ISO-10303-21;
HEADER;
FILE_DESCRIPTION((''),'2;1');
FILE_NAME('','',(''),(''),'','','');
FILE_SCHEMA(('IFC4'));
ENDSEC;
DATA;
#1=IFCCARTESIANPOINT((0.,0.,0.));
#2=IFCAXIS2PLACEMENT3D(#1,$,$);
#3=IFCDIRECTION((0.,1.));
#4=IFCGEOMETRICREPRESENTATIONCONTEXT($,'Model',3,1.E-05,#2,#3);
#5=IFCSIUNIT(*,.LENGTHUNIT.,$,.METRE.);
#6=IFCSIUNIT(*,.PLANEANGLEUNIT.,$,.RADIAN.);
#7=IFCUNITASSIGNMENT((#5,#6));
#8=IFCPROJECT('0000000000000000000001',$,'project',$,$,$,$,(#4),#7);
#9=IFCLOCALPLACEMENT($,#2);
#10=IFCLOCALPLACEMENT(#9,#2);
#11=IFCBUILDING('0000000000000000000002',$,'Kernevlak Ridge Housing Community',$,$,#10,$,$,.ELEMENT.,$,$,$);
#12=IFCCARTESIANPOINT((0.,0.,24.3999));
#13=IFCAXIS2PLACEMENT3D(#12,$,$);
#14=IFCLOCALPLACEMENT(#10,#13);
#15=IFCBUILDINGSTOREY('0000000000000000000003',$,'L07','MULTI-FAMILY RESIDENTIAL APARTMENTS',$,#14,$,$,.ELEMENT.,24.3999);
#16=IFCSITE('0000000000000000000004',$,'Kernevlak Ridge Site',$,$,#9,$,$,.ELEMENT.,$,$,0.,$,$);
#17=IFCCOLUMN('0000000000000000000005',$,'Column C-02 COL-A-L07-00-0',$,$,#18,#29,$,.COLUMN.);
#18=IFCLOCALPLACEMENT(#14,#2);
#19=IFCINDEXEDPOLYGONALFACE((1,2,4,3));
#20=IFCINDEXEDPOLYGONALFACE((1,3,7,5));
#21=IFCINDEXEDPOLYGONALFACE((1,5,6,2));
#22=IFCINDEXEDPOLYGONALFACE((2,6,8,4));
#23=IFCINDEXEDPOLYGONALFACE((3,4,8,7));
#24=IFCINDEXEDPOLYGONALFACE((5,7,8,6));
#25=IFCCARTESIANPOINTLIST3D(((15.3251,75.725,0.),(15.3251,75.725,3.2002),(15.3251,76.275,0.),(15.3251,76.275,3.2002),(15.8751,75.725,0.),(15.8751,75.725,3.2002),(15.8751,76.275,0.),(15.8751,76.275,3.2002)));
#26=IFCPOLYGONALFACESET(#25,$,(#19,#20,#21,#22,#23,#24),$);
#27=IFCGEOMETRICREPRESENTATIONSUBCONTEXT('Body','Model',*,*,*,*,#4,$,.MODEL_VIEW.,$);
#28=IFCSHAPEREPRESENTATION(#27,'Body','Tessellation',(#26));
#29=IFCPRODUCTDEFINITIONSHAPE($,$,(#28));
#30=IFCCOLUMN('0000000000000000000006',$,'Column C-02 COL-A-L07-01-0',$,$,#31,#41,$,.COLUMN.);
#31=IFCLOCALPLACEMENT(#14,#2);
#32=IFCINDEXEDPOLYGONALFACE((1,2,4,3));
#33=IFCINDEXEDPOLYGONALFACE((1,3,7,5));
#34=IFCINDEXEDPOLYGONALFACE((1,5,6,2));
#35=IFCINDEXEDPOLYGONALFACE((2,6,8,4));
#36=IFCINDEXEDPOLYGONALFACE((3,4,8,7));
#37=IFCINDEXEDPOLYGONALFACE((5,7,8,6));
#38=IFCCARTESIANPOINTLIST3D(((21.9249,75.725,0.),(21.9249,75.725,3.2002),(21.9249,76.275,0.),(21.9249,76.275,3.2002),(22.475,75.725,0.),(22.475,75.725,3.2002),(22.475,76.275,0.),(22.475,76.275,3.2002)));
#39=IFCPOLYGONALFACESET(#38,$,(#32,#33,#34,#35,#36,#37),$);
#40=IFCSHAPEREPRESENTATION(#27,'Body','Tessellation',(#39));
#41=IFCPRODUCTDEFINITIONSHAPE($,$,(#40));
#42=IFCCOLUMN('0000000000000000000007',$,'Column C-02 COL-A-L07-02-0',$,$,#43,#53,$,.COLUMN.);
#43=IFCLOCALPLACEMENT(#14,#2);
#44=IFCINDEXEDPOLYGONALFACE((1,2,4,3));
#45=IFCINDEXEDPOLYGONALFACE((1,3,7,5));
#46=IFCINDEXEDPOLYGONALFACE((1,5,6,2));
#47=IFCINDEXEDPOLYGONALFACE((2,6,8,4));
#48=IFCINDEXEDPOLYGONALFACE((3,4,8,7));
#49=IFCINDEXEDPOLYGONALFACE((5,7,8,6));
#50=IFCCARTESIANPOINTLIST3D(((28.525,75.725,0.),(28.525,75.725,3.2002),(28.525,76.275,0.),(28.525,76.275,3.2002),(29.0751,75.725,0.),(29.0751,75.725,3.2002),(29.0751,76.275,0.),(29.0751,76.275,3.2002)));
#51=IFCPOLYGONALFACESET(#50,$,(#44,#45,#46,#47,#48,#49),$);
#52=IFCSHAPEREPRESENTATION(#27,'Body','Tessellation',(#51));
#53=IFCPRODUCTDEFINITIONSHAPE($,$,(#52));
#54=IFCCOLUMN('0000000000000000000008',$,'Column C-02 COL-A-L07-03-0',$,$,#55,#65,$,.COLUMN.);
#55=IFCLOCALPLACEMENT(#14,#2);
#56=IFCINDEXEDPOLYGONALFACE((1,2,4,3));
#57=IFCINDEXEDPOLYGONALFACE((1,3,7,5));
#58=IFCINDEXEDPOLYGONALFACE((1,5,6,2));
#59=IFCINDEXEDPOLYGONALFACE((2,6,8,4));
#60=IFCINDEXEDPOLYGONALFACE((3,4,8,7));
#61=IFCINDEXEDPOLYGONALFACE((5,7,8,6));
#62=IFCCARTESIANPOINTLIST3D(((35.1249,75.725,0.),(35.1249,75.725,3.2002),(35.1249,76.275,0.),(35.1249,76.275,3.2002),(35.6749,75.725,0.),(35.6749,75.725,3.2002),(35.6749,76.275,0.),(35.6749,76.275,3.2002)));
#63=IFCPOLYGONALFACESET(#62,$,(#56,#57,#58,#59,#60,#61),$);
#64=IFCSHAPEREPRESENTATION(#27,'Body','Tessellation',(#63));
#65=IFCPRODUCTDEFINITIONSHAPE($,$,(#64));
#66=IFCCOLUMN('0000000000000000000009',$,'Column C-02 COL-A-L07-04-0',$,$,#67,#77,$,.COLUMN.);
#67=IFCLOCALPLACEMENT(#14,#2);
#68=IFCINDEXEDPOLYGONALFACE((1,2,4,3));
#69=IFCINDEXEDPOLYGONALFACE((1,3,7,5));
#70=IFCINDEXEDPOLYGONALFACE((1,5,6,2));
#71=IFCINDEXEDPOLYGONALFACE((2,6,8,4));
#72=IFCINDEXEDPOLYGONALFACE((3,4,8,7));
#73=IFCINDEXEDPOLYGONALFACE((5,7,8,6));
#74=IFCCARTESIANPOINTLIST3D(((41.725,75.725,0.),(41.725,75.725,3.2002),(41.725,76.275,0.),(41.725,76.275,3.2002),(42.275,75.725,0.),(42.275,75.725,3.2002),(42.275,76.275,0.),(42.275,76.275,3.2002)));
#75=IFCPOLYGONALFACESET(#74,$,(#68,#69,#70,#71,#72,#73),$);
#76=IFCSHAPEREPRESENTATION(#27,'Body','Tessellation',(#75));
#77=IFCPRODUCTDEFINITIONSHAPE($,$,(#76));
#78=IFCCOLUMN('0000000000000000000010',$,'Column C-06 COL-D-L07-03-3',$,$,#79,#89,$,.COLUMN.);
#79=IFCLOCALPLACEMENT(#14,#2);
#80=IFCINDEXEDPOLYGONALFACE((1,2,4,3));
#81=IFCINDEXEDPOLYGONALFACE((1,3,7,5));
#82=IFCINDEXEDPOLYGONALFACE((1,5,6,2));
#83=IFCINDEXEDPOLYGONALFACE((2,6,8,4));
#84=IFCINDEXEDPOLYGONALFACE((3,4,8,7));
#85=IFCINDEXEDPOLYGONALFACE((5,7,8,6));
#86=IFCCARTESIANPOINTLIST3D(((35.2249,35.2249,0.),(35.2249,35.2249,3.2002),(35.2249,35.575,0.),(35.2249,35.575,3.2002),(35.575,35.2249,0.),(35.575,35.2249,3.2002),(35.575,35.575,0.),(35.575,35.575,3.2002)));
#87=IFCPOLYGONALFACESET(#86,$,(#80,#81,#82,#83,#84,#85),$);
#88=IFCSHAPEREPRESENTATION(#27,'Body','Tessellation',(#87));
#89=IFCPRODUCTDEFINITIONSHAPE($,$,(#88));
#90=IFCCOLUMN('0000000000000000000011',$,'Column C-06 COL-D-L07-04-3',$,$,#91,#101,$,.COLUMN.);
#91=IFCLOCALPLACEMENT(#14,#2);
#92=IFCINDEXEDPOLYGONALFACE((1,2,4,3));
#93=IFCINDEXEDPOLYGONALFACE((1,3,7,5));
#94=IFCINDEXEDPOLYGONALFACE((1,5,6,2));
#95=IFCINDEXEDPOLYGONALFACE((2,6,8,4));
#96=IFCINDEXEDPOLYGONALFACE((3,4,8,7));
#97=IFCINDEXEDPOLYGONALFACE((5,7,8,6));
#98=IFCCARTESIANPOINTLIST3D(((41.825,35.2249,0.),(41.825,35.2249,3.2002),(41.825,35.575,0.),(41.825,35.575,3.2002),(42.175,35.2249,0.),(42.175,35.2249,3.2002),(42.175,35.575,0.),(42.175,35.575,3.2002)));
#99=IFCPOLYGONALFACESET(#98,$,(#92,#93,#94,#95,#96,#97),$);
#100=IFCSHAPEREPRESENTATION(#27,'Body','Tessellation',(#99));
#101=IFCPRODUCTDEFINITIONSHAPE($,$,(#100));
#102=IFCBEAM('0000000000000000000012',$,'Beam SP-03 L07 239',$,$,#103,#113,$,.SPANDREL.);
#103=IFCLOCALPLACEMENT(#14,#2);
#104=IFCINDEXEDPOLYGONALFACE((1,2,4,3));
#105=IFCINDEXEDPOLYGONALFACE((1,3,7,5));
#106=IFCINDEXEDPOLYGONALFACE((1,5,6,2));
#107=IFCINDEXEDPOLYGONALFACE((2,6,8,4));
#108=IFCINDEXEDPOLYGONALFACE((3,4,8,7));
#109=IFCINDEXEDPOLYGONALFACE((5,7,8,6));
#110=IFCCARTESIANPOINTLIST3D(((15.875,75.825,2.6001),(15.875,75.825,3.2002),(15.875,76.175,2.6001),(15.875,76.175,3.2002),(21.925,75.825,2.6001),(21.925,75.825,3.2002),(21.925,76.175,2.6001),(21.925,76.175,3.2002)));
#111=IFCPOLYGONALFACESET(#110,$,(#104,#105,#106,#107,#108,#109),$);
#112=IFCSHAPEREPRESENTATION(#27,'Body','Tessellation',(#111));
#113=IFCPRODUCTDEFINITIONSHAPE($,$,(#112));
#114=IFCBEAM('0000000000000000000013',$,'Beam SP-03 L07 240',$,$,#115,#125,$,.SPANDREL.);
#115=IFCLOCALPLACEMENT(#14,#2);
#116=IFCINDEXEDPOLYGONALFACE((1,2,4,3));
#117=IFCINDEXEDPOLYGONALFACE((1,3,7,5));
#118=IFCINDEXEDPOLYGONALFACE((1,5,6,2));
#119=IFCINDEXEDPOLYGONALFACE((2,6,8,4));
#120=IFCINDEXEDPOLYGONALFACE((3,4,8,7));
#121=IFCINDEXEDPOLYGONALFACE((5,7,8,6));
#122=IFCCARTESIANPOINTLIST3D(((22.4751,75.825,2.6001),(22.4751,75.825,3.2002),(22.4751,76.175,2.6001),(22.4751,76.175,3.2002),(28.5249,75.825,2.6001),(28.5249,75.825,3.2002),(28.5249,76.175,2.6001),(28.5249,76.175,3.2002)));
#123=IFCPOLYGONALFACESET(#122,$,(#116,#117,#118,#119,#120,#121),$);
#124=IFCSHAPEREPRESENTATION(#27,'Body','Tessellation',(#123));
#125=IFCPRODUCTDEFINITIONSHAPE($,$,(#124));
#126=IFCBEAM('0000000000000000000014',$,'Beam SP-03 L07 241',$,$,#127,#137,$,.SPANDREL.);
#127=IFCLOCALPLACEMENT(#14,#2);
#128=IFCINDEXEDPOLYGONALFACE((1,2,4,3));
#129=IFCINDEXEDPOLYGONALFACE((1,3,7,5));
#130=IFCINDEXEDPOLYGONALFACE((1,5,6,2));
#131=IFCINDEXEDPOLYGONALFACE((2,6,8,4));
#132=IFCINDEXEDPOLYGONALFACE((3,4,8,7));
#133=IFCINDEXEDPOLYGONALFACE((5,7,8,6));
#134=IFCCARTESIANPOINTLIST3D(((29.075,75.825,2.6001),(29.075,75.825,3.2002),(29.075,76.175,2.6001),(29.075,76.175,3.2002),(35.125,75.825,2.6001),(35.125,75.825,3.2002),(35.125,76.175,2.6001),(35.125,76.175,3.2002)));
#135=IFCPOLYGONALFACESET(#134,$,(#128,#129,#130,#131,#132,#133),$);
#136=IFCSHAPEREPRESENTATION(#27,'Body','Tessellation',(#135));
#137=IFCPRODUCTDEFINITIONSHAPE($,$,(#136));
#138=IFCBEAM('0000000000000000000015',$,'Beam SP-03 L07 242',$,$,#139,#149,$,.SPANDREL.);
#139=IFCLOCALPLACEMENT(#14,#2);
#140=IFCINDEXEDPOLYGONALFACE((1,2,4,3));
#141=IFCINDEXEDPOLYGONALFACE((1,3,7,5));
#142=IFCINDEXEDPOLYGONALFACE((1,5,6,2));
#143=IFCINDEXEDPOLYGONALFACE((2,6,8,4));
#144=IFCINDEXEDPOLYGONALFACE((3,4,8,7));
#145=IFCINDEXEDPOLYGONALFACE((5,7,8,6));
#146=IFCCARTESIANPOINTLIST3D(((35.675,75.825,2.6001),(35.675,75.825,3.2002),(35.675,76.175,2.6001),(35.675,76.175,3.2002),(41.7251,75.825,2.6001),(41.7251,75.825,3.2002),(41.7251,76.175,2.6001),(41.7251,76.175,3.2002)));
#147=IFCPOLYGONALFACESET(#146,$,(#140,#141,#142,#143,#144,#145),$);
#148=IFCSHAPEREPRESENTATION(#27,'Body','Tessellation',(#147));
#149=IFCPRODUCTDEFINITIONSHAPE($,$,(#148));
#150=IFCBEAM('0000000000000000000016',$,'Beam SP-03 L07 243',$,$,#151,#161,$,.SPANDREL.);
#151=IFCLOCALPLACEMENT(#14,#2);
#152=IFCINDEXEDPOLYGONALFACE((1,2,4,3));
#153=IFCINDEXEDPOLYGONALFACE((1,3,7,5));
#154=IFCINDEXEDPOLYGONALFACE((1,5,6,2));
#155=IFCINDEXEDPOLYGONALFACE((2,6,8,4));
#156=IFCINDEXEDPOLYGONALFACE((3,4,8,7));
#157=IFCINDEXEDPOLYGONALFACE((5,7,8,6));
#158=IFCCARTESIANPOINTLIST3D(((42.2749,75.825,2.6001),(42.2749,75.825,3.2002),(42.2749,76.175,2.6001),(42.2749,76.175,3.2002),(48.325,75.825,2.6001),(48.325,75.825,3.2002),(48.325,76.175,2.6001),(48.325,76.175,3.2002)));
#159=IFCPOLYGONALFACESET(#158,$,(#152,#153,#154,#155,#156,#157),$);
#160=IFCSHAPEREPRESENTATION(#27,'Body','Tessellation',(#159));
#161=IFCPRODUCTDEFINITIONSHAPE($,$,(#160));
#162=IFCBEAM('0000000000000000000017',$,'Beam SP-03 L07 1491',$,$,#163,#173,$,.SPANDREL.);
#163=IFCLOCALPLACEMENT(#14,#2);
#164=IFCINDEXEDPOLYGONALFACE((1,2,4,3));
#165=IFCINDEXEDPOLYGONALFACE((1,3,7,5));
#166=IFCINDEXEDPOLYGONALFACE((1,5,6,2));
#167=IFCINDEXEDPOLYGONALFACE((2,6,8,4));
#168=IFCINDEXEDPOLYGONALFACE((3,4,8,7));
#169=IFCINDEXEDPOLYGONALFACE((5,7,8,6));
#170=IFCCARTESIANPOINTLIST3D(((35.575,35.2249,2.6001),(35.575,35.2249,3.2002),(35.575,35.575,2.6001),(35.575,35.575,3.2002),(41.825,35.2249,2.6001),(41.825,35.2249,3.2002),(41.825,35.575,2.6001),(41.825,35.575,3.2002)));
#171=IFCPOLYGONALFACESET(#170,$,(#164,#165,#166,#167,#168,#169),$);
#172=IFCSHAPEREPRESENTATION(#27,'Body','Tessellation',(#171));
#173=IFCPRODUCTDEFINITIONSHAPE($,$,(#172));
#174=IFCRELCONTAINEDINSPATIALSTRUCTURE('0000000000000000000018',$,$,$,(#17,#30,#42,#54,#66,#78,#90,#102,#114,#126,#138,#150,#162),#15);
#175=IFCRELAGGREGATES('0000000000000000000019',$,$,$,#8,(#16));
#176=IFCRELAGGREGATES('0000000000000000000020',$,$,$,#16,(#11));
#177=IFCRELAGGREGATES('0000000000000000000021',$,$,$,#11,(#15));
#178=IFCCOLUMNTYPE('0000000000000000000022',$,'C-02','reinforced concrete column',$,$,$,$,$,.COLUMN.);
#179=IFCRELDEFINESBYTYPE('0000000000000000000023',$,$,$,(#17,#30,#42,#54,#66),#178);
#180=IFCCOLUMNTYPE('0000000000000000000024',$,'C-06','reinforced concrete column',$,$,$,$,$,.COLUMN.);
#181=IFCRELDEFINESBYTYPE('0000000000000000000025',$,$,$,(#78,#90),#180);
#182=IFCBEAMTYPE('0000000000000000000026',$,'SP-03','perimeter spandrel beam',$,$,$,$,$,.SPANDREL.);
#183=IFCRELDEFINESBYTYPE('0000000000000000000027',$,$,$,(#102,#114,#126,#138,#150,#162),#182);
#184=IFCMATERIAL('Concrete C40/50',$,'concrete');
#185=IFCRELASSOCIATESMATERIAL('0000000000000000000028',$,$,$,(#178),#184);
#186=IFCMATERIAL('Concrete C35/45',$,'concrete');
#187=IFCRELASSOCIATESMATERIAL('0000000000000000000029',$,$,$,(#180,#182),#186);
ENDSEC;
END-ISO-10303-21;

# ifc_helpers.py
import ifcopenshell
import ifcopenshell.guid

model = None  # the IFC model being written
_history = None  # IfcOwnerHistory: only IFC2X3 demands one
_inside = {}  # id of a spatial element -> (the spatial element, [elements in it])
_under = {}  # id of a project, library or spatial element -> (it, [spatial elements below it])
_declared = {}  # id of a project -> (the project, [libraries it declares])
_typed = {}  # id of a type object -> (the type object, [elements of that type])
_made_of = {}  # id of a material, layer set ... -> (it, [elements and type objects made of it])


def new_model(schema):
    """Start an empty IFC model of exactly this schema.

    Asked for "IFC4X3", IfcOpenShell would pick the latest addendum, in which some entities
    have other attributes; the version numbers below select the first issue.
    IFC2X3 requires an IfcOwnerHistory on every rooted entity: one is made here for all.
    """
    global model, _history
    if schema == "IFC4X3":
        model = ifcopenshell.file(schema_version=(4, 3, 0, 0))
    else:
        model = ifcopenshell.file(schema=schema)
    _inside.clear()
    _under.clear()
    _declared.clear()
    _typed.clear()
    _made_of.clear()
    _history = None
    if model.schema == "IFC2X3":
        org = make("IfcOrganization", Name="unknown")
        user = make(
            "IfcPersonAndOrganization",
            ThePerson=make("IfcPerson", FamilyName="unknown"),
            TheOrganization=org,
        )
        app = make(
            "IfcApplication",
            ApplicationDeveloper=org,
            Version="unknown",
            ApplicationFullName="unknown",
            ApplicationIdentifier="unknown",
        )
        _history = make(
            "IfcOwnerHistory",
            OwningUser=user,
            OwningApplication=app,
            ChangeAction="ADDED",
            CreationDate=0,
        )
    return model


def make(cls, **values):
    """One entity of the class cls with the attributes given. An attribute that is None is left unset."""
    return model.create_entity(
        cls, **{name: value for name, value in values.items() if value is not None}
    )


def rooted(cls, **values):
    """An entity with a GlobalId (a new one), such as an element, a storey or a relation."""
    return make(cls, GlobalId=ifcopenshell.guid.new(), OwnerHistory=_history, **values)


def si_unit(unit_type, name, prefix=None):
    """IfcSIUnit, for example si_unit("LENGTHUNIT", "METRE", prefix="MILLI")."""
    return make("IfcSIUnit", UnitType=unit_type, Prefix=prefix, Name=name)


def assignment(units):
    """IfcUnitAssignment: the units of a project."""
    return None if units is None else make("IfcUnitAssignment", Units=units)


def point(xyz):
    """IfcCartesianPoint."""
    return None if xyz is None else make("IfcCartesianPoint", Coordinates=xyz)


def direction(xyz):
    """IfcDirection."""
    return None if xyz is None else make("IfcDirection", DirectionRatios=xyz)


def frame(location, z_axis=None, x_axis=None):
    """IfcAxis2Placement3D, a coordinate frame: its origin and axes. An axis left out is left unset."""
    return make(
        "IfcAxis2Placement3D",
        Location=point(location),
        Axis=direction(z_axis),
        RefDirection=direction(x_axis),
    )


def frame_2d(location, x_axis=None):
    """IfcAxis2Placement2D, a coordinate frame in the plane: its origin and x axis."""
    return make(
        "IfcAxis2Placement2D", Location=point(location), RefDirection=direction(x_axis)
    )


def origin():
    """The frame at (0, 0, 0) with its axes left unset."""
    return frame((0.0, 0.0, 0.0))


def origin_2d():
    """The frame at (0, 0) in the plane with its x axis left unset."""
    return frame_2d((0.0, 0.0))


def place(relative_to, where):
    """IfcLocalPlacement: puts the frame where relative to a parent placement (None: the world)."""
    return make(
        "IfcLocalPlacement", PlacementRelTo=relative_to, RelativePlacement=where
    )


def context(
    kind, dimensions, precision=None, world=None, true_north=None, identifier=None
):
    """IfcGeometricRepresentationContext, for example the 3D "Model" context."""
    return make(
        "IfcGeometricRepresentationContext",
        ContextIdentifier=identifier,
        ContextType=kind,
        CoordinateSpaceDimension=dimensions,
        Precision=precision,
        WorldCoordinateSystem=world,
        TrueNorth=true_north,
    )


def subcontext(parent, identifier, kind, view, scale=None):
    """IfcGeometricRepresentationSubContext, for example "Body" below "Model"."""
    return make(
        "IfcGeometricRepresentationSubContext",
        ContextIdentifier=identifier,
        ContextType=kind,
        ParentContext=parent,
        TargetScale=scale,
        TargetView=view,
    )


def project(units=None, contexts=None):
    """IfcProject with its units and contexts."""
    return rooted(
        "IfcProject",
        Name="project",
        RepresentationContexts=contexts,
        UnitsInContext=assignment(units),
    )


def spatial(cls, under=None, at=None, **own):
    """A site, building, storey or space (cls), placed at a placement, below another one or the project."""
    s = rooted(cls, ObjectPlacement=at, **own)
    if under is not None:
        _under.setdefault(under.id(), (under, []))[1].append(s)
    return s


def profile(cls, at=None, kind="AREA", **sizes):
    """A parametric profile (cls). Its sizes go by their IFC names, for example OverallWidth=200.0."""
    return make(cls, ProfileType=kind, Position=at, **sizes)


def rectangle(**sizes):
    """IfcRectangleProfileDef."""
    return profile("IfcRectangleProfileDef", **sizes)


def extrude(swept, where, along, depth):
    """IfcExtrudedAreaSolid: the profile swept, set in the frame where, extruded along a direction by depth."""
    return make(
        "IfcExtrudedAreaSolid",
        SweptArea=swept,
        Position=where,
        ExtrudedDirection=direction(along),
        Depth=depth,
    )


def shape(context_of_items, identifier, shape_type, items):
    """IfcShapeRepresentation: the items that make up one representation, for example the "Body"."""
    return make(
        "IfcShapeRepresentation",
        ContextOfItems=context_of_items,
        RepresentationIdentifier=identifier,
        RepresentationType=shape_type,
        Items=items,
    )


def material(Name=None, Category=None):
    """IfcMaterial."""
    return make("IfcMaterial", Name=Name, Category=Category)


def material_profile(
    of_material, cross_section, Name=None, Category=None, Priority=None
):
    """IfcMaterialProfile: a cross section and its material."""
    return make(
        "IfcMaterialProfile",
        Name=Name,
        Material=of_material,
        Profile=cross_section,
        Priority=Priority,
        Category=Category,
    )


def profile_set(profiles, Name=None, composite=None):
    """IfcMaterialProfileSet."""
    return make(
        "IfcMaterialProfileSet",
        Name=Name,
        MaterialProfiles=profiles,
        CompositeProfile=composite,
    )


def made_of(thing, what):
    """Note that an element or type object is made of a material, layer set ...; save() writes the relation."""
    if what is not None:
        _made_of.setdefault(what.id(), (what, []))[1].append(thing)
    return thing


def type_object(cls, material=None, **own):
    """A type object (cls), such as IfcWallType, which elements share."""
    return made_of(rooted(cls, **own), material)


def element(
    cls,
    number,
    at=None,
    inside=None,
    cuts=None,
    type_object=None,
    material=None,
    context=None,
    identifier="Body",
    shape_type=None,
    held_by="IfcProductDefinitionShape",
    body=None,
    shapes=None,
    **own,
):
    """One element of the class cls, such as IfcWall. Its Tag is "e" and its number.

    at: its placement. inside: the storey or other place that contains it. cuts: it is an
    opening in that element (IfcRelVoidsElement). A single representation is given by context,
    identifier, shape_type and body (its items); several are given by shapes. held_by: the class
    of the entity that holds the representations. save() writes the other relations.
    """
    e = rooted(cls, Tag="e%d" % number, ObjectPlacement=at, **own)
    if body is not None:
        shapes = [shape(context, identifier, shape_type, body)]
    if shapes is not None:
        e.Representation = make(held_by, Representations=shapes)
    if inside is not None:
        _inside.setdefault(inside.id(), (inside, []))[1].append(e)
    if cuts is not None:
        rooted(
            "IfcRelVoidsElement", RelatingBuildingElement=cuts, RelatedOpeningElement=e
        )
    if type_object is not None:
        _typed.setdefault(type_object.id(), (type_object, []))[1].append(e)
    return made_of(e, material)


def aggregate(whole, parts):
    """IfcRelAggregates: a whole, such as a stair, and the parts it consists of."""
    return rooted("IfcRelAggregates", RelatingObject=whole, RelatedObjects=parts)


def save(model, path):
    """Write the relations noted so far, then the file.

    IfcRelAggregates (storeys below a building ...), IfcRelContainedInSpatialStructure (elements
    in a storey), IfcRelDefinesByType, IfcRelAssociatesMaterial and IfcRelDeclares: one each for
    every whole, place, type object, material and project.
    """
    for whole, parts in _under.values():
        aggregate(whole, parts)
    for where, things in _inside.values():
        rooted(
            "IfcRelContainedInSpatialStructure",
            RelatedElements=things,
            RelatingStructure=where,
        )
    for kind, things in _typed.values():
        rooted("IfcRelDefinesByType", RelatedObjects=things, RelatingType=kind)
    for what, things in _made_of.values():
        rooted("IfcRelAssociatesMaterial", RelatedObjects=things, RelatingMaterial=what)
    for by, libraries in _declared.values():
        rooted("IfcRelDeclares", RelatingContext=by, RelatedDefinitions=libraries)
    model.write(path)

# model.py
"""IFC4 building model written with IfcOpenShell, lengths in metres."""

from ifc_helpers import new_model, si_unit, direction, frame, origin, origin_2d, place, context, subcontext, project, spatial, rectangle, extrude, material, material_profile, profile_set, type_object, element, save


model = new_model("IFC4")

# Units and contexts
model_context = context("Model", 3, precision=1e-05, world=origin(), true_north=direction((0.0, 1.0)))
body_context = subcontext(model_context, "Body", "Model", "MODEL_VIEW")
ifc_project = project(units=[si_unit("LENGTHUNIT", "METRE"), si_unit("PLANEANGLEUNIT", "RADIAN")], contexts=[model_context])

# Site, building, storey
site_placement = place(None, origin())
site = spatial("IfcSite", under=ifc_project, at=site_placement, Name="Kernevlak Ridge Site", CompositionType="ELEMENT", RefElevation=0.0)
building_placement = place(site_placement, origin())
building = spatial("IfcBuilding", under=site, at=building_placement, Name="Kernevlak Ridge Housing Community", CompositionType="ELEMENT")
storey_placement = place(building_placement, frame((0.0, 0.0, 24.3999)))
storey = spatial("IfcBuildingStorey", under=building, at=storey_placement, Name="L07", Description="MULTI-FAMILY RESIDENTIAL APARTMENTS", CompositionType="ELEMENT", Elevation=24.3999)

# Columns
ifc_material_1 = material(Name="Concrete C40/50", Category="concrete")
ifc_material_profile_1 = material_profile(ifc_material_1, rectangle(XDim=0.55, YDim=0.55, at=origin_2d()), Name="RC 550x550")
ifc_profile_set_1 = profile_set([ifc_material_profile_1], Name="Concrete C40/50")
column_type_1 = type_object("IfcColumnType", Name="C-02", Description="reinforced concrete column", PredefinedType="COLUMN", material=ifc_profile_set_1)
for number, where, z_axis, x_axis, name in (
    (1, (15.6001, 76.0, 0.0), (0.0, 0.0, 1.0), (1.0, 0.0, 0.0), "Column C-02 COL-A-L07-00-0"),
    (2, (22.2, 76.0, 0.0), (0.0, 0.0, 1.0), (1.0, 0.0, 0.0), "Column C-02 COL-A-L07-01-0"),
    (3, (28.8, 76.0, 0.0), (0.0, 0.0, 1.0), (1.0, 0.0, 0.0), "Column C-02 COL-A-L07-02-0"),
    (4, (35.3999, 76.0, 0.0), (0.0, 0.0, 1.0), (1.0, 0.0, 0.0), "Column C-02 COL-A-L07-03-0"),
    (5, (42.0, 76.0, 0.0), (0.0, 0.0, 1.0), (1.0, 0.0, 0.0), "Column C-02 COL-A-L07-04-0"),
):
    element("IfcColumn", number, at=place(storey_placement, frame(where, z_axis=z_axis, x_axis=x_axis)), inside=storey, type_object=column_type_1, Name=name, PredefinedType="COLUMN", context=body_context, shape_type="SweptSolid", body=[
        extrude(rectangle(XDim=0.55, YDim=0.55, at=origin_2d()), origin(), (0.0, 0.0, 1.0), 3.2002),
    ])
ifc_material_2 = material(Name="Concrete C35/45", Category="concrete")
ifc_material_profile_2 = material_profile(ifc_material_2, rectangle(XDim=0.3501, YDim=0.3501, at=origin_2d()), Name="RC 350x350")
ifc_profile_set_2 = profile_set([ifc_material_profile_2], Name="Concrete C35/45")
column_type_2 = type_object("IfcColumnType", Name="C-06", Description="reinforced concrete column", PredefinedType="COLUMN", material=ifc_profile_set_2)
for number, where, z_axis, x_axis, name in (
    (6, (35.3999, 35.3999, 0.0), (0.0, 0.0, 1.0), (1.0, 0.0, 0.0), "Column C-06 COL-D-L07-03-3"),
    (7, (42.0, 35.3999, 0.0), (0.0, 0.0, 1.0), (1.0, 0.0, 0.0), "Column C-06 COL-D-L07-04-3"),
):
    element("IfcColumn", number, at=place(storey_placement, frame(where, z_axis=z_axis, x_axis=x_axis)), inside=storey, type_object=column_type_2, Name=name, PredefinedType="COLUMN", context=body_context, shape_type="SweptSolid", body=[
        extrude(rectangle(XDim=0.3501, YDim=0.3501, at=origin_2d()), origin(), (0.0, 0.0, 1.0), 3.2002),
    ])

# Beams
ifc_material_profile_3 = material_profile(ifc_material_2, rectangle(XDim=0.3501, YDim=0.6001, at=origin_2d()), Name="RC 350x600")
ifc_profile_set_3 = profile_set([ifc_material_profile_3], Name="Concrete C35/45")
beam_type = type_object("IfcBeamType", Name="SP-03", Description="perimeter spandrel beam", PredefinedType="SPANDREL", material=ifc_profile_set_3)
beam_1_placement = place(storey_placement, frame((15.875, 76.0, 2.9001), z_axis=(1.0, 0.0, 0.0), x_axis=(0.0, 1.0, 0.0)))
element("IfcBeam", 8, at=beam_1_placement, inside=storey, type_object=beam_type, Name="Beam SP-03 L07 239", PredefinedType="SPANDREL", context=body_context, shape_type="SweptSolid", body=[
    extrude(rectangle(XDim=0.3501, YDim=0.6001, at=origin_2d()), origin(), (0.0, 0.0, 1.0), 6.05),
])
beam_2_placement = place(storey_placement, frame((22.4751, 76.0, 2.9001), z_axis=(1.0, 0.0, 0.0), x_axis=(0.0, 1.0, 0.0)))
element("IfcBeam", 9, at=beam_2_placement, inside=storey, type_object=beam_type, Name="Beam SP-03 L07 240", PredefinedType="SPANDREL", context=body_context, shape_type="SweptSolid", body=[
    extrude(rectangle(XDim=0.3501, YDim=0.6001, at=origin_2d()), origin(), (0.0, 0.0, 1.0), 6.0498),
])
for number, where, z_axis, x_axis, name in (
    (10, (29.075, 76.0, 2.9001), (1.0, 0.0, 0.0), (0.0, 1.0, 0.0), "Beam SP-03 L07 241"),
    (11, (35.675, 76.0, 2.9001), (1.0, 0.0, 0.0), (0.0, 1.0, 0.0), "Beam SP-03 L07 242"),
    (12, (42.2749, 76.0, 2.9001), (1.0, 0.0, 0.0), (0.0, 1.0, 0.0), "Beam SP-03 L07 243"),
):
    element("IfcBeam", number, at=place(storey_placement, frame(where, z_axis=z_axis, x_axis=x_axis)), inside=storey, type_object=beam_type, Name=name, PredefinedType="SPANDREL", context=body_context, shape_type="SweptSolid", body=[
        extrude(rectangle(XDim=0.3501, YDim=0.6001, at=origin_2d()), origin(), (0.0, 0.0, 1.0), 6.05),
    ])
beam_3_placement = place(storey_placement, frame((35.575, 35.3999, 2.9001), z_axis=(1.0, 0.0, 0.0), x_axis=(0.0, 1.0, 0.0)))
element("IfcBeam", 13, at=beam_3_placement, inside=storey, type_object=beam_type, Name="Beam SP-03 L07 1491", PredefinedType="SPANDREL", context=body_context, shape_type="SweptSolid", body=[
    extrude(rectangle(XDim=0.3501, YDim=0.6001, at=origin_2d()), origin(), (0.0, 0.0, 1.0), 6.25),
])

save(model, "model.ifc")
